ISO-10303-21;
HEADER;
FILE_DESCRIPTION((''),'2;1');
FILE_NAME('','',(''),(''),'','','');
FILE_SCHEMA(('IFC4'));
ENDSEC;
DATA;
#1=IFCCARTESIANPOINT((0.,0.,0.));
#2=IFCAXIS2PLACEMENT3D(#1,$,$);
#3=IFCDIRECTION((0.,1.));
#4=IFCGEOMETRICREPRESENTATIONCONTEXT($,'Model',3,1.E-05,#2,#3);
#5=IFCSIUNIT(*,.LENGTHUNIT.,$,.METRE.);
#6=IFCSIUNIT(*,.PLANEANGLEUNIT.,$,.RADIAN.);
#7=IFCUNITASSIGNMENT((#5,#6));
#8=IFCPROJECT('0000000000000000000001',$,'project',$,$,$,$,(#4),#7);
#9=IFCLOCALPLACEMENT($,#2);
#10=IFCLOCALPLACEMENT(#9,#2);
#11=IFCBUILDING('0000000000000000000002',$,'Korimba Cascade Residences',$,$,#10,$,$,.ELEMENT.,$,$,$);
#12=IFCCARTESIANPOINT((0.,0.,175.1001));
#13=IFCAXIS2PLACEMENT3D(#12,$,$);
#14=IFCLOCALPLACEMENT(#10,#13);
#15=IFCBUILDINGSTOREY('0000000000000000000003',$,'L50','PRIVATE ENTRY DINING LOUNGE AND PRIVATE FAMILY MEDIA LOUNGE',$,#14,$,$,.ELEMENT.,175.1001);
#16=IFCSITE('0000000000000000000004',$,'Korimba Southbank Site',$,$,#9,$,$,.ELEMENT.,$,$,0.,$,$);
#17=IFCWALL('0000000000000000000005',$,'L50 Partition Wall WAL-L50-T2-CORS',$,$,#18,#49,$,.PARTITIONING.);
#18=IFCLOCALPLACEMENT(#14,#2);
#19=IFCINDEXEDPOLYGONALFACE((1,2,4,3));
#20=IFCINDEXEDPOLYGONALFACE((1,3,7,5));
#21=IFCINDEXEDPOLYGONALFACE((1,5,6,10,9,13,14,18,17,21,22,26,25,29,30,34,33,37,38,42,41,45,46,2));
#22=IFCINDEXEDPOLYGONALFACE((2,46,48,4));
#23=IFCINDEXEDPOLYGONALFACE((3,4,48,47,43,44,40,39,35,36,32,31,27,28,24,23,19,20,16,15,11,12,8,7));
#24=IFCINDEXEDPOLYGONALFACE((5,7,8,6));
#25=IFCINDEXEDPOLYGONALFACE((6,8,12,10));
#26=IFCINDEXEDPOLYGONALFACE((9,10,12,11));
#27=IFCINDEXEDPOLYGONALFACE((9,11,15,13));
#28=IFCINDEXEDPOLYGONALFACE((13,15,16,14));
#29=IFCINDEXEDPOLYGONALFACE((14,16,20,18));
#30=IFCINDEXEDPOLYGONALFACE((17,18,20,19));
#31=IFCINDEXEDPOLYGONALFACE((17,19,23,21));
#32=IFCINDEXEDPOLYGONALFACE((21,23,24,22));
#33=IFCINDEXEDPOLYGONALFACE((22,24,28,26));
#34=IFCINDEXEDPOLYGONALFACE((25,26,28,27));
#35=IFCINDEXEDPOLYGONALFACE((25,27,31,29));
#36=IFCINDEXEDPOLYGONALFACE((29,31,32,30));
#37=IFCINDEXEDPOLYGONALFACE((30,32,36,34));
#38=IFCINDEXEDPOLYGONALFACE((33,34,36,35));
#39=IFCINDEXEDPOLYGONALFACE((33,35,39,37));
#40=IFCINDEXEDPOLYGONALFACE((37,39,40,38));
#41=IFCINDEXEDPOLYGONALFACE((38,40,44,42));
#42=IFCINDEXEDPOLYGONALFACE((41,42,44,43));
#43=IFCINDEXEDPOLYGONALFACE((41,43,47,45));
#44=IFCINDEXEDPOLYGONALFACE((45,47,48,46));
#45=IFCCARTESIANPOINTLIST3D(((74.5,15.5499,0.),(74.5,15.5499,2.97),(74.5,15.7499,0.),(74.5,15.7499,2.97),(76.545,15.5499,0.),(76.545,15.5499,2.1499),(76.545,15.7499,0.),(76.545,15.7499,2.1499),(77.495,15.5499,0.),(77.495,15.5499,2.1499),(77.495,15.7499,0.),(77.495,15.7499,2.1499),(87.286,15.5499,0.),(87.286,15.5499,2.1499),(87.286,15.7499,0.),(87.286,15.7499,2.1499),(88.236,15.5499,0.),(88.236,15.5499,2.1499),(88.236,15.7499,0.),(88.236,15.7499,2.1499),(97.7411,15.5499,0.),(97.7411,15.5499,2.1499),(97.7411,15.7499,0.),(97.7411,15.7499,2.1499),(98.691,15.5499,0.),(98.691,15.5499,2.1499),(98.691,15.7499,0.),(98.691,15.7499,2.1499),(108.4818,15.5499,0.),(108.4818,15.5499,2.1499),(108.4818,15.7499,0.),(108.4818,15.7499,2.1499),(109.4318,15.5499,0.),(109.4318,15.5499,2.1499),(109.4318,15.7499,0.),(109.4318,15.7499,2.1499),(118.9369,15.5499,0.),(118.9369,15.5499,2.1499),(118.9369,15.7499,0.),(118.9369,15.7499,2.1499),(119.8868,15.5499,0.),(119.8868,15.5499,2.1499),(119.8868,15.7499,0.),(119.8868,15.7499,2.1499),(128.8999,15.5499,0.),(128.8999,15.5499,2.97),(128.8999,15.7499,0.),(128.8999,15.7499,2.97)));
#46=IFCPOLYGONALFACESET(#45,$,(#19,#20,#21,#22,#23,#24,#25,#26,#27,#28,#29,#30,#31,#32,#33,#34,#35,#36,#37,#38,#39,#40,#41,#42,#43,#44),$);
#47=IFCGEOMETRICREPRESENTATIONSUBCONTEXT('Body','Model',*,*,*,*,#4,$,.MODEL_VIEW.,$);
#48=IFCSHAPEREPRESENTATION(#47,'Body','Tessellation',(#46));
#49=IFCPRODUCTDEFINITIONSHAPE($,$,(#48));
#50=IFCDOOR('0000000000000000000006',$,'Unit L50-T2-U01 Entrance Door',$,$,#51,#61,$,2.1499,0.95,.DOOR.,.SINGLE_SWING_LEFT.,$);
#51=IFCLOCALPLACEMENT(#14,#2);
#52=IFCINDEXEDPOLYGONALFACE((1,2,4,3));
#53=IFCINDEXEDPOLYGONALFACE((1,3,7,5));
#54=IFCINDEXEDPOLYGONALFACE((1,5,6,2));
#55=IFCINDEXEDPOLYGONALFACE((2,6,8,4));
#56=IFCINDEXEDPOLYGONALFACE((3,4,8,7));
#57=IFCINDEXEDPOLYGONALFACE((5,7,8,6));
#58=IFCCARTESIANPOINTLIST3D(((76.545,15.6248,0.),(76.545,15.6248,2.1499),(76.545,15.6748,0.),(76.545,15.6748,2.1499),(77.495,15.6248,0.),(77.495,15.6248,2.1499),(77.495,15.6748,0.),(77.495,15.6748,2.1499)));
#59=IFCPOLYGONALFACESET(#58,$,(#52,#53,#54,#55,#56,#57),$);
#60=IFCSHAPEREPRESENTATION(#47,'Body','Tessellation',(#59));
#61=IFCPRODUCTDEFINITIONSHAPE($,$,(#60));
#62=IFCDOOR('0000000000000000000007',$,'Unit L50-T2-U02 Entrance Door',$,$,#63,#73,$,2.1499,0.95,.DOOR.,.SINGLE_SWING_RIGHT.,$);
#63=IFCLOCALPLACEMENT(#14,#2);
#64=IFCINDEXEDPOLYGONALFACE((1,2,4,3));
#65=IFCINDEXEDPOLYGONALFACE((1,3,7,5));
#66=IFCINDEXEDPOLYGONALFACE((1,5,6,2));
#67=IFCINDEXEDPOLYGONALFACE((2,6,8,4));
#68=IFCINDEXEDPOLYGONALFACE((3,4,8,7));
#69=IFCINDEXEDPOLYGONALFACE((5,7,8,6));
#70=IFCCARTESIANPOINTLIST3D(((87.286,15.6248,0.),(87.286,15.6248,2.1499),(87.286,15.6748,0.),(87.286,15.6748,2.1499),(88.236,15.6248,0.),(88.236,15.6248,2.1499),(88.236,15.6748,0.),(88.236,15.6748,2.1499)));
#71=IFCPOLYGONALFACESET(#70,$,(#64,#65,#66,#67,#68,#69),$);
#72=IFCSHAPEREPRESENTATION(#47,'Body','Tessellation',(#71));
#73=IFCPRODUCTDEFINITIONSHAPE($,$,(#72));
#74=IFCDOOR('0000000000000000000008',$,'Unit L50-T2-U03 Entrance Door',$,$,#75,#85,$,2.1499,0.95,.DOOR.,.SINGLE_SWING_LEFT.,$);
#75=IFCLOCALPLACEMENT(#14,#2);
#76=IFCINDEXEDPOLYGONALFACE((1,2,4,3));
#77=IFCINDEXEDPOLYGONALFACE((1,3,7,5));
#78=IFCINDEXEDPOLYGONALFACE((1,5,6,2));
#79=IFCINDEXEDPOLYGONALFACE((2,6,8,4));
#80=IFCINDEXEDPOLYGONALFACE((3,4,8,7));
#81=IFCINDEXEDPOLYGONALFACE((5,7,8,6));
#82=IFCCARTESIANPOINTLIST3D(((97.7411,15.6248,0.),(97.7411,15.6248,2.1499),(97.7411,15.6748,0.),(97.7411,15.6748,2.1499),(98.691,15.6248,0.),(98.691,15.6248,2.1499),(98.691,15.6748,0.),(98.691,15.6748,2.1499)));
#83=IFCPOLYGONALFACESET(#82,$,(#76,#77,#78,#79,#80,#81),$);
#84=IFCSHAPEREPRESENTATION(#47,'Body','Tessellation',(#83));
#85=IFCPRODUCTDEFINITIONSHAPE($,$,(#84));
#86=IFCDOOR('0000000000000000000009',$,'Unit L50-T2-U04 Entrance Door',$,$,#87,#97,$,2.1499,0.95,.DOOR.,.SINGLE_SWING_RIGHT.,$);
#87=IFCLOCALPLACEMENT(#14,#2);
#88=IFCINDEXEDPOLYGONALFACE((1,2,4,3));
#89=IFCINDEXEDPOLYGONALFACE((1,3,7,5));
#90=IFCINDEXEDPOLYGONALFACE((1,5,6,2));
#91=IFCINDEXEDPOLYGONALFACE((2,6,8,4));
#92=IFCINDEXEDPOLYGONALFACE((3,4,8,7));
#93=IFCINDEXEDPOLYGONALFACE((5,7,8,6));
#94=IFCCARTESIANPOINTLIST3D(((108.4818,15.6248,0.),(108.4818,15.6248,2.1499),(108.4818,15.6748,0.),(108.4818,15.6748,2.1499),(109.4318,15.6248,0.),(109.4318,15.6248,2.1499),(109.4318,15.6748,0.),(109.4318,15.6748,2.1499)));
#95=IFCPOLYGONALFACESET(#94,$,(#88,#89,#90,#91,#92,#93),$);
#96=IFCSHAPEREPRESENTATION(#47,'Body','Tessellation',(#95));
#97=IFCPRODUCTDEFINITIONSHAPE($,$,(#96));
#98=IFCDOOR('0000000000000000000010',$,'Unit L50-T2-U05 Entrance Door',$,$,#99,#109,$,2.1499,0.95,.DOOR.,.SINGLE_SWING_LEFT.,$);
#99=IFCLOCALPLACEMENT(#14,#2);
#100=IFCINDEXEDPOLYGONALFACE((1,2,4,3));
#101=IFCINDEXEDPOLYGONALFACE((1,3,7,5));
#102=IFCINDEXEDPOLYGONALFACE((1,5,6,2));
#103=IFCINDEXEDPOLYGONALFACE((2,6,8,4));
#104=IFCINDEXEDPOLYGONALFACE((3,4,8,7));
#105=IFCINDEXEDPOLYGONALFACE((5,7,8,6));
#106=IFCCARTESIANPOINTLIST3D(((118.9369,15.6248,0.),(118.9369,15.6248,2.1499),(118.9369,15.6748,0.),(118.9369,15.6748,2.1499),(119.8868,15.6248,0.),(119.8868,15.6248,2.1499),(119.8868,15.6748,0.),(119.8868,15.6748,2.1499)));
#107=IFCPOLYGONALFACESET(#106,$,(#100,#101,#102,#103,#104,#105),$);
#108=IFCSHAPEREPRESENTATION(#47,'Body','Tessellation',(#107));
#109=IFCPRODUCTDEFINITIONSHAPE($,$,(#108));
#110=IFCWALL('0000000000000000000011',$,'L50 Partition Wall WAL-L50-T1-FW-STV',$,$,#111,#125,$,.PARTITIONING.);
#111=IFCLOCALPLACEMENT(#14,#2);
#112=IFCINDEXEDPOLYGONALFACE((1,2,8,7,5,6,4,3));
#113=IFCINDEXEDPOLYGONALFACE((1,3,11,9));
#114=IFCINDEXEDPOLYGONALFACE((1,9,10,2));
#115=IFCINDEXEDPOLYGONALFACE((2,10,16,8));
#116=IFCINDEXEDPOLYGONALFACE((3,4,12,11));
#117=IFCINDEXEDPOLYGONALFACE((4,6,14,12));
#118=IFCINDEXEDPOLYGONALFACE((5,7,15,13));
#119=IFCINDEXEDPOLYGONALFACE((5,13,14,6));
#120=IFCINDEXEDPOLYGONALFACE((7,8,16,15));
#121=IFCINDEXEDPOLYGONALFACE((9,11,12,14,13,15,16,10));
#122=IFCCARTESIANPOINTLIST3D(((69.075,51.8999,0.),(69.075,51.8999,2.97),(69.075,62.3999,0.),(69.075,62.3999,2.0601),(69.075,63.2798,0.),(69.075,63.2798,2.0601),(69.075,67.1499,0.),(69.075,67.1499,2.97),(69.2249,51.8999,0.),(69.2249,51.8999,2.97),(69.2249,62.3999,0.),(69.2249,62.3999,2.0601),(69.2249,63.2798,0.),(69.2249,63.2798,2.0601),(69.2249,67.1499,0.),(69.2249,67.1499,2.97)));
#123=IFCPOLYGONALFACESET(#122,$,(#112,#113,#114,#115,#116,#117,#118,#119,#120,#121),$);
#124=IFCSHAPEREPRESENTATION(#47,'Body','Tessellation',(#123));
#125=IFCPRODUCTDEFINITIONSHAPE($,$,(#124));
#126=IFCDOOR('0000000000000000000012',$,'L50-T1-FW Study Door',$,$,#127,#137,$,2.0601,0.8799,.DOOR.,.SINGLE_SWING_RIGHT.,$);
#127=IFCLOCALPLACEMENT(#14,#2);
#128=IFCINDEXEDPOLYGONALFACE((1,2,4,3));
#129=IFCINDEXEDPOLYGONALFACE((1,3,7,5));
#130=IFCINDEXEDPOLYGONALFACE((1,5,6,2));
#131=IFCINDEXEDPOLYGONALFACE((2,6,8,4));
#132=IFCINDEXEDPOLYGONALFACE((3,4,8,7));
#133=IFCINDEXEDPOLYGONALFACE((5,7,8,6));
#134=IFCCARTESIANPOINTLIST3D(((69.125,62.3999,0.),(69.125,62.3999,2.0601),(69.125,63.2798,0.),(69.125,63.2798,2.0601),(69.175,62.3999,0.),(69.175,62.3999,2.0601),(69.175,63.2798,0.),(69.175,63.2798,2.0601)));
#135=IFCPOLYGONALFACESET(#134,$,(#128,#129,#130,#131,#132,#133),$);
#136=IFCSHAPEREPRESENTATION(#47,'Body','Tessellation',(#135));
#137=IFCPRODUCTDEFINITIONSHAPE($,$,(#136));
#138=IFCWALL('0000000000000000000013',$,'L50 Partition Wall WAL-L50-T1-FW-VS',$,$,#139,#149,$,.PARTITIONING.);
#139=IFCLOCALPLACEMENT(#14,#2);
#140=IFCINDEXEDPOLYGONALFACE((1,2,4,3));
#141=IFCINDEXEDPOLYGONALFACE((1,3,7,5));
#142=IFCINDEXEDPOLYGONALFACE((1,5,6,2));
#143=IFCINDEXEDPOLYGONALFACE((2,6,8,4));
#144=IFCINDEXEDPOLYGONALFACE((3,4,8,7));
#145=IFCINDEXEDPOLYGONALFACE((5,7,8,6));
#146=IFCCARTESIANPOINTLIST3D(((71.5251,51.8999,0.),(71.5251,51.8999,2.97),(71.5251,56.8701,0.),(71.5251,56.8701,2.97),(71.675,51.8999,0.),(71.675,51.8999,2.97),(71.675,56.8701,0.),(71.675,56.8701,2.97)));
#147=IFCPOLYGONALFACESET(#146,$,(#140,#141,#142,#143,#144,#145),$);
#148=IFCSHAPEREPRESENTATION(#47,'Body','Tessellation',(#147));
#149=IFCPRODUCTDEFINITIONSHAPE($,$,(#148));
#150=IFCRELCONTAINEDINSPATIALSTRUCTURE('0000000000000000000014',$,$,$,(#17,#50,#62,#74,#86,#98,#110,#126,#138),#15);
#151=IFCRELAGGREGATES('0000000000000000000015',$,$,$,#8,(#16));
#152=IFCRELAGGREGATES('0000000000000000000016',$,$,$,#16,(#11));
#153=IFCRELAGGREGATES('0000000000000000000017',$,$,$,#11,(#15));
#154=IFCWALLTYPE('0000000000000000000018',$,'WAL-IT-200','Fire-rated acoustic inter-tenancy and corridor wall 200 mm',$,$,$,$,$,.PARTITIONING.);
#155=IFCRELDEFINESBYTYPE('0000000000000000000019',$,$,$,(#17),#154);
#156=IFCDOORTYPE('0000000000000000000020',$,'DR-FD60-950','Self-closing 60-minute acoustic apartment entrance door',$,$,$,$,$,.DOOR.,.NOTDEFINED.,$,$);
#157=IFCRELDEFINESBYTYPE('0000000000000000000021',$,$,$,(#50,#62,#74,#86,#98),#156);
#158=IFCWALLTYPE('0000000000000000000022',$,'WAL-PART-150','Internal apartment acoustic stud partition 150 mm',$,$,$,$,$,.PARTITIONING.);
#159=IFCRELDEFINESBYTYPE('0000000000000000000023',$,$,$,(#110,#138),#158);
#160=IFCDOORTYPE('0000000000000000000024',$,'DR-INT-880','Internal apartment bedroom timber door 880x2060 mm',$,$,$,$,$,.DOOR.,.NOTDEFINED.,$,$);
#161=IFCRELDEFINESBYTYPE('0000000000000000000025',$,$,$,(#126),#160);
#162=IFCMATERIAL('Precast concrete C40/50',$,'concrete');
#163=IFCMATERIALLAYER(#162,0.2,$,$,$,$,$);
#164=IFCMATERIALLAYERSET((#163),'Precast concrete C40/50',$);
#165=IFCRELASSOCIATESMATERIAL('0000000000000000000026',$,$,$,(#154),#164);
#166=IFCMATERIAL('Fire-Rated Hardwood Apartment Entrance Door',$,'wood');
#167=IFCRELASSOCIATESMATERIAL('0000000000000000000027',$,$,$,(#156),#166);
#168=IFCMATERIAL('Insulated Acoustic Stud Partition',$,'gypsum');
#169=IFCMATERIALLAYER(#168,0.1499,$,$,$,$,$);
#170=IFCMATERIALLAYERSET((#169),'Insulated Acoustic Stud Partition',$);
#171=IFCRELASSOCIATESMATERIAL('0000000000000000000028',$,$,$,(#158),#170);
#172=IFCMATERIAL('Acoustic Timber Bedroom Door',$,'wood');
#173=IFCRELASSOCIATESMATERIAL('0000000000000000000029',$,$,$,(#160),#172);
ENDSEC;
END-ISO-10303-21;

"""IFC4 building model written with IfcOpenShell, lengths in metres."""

from ifc_helpers import new_model, si_unit, direction, frame, frame_2d, origin, place, context, subcontext, project, spatial, rectangle, extrude, material, layer, layer_set, type_object, element, fill, save


model = new_model("IFC4")

# Units and contexts
model_context = context("Model", 3, precision=1e-05, world=origin(), true_north=direction((0.0, 1.0)))
body_context = subcontext(model_context, "Body", "Model", "MODEL_VIEW")
ifc_project = project(units=[si_unit("LENGTHUNIT", "METRE"), si_unit("PLANEANGLEUNIT", "RADIAN")], contexts=[model_context])

# Site, building, storey
site_placement = place(None, origin())
site = spatial("IfcSite", under=ifc_project, at=site_placement, Name="Korimba Southbank Site", CompositionType="ELEMENT", RefElevation=0.0)
building_placement = place(site_placement, origin())
building = spatial("IfcBuilding", under=site, at=building_placement, Name="Korimba Cascade Residences", CompositionType="ELEMENT")
storey_placement = place(building_placement, frame((0.0, 0.0, 175.1001)))
storey = spatial("IfcBuildingStorey", under=building, at=storey_placement, Name="L50", Description="PRIVATE ENTRY DINING LOUNGE AND PRIVATE FAMILY MEDIA LOUNGE", CompositionType="ELEMENT", Elevation=175.1001)

# Shared definitions
ifc_material_1 = material(Name="Precast concrete C40/50", Category="concrete")

# Wall, openings, doors
ifc_layer_1 = layer(ifc_material_1, 0.2)
ifc_layer_set_1 = layer_set([ifc_layer_1], Name="Precast concrete C40/50")
wall_type_1 = type_object("IfcWallType", Name="WAL-IT-200", Description="Fire-rated acoustic inter-tenancy and corridor wall 200 mm", PredefinedType="PARTITIONING", material=ifc_layer_set_1)
wall_1_placement = place(storey_placement, frame((74.5, 15.6499, 0.0), z_axis=(0.0, 0.0, 1.0), x_axis=(1.0, 0.0, 0.0)))
wall_1 = element("IfcWall", 1, at=wall_1_placement, inside=storey, type_object=wall_type_1, Name="L50 Partition Wall WAL-L50-T2-CORS", PredefinedType="PARTITIONING", context=body_context, shape_type="SweptSolid", body=[
    extrude(rectangle(XDim=54.3999, YDim=0.2, at=frame_2d((27.2, 0.0))), origin(), (0.0, 0.0, 1.0), 2.97),
])
opening_1_placement = place(wall_1_placement, frame((2.0449, 0.0, 0.0)))
opening_1 = element("IfcOpeningElement", 2, at=opening_1_placement, cuts=wall_1, PredefinedType="OPENING", context=body_context, shape_type="SweptSolid", body=[
    extrude(rectangle(XDim=0.95, YDim=2.1499, at=frame_2d((0.4751, 1.075))), frame((0.0, 0.1099, 0.0), z_axis=(0.0, -1.0, 0.0), x_axis=(1.0, 0.0, 0.0)), (0.0, 0.0, 1.0), 0.22),
])
opening_2_placement = place(wall_1_placement, frame((12.7859, 0.0, 0.0)))
opening_2 = element("IfcOpeningElement", 3, at=opening_2_placement, cuts=wall_1, PredefinedType="OPENING", context=body_context, shape_type="SweptSolid", body=[
    extrude(rectangle(XDim=0.95, YDim=2.1499, at=frame_2d((0.4751, 1.075))), frame((0.0, 0.1099, 0.0), z_axis=(0.0, -1.0, 0.0), x_axis=(1.0, 0.0, 0.0)), (0.0, 0.0, 1.0), 0.22),
])
opening_3_placement = place(wall_1_placement, frame((23.241, 0.0, 0.0)))
opening_3 = element("IfcOpeningElement", 4, at=opening_3_placement, cuts=wall_1, PredefinedType="OPENING", context=body_context, shape_type="SweptSolid", body=[
    extrude(rectangle(XDim=0.95, YDim=2.1499, at=frame_2d((0.4751, 1.075))), frame((0.0, 0.1099, 0.0), z_axis=(0.0, -1.0, 0.0), x_axis=(1.0, 0.0, 0.0)), (0.0, 0.0, 1.0), 0.22),
])
opening_4_placement = place(wall_1_placement, frame((33.9817, 0.0, 0.0)))
opening_4 = element("IfcOpeningElement", 5, at=opening_4_placement, cuts=wall_1, PredefinedType="OPENING", context=body_context, shape_type="SweptSolid", body=[
    extrude(rectangle(XDim=0.95, YDim=2.1499, at=frame_2d((0.4751, 1.075))), frame((0.0, 0.1099, 0.0), z_axis=(0.0, -1.0, 0.0), x_axis=(1.0, 0.0, 0.0)), (0.0, 0.0, 1.0), 0.22),
])
opening_5_placement = place(wall_1_placement, frame((44.4368, 0.0, 0.0)))
opening_5 = element("IfcOpeningElement", 6, at=opening_5_placement, cuts=wall_1, PredefinedType="OPENING", context=body_context, shape_type="SweptSolid", body=[
    extrude(rectangle(XDim=0.95, YDim=2.1499, at=frame_2d((0.4751, 1.075))), frame((0.0, 0.1099, 0.0), z_axis=(0.0, -1.0, 0.0), x_axis=(1.0, 0.0, 0.0)), (0.0, 0.0, 1.0), 0.22),
])
ifc_material_2 = material(Name="Fire-Rated Hardwood Apartment Entrance Door", Category="wood")
door_type_1 = type_object("IfcDoorType", Name="DR-FD60-950", Description="Self-closing 60-minute acoustic apartment entrance door", OperationType="NOTDEFINED", PredefinedType="DOOR", material=ifc_material_2)
door_1_placement = place(opening_1_placement, origin())
door_1 = element("IfcDoor", 7, at=door_1_placement, inside=storey, type_object=door_type_1, Name="Unit L50-T2-U01 Entrance Door", OperationType="SINGLE_SWING_LEFT", OverallHeight=2.1499, OverallWidth=0.95, PredefinedType="DOOR", context=body_context, shape_type="SweptSolid", body=[
    extrude(rectangle(XDim=0.95, YDim=2.1499, at=frame_2d((0.4751, 1.075))), frame((0.0, 0.0249, 0.0), z_axis=(0.0, -1.0, 0.0), x_axis=(1.0, 0.0, 0.0)), (0.0, 0.0, 1.0), 0.05),
])
fill(opening_1, door_1)
door_2_placement = place(opening_2_placement, origin())
door_2 = element("IfcDoor", 8, at=door_2_placement, inside=storey, type_object=door_type_1, Name="Unit L50-T2-U02 Entrance Door", OperationType="SINGLE_SWING_RIGHT", OverallHeight=2.1499, OverallWidth=0.95, PredefinedType="DOOR", context=body_context, shape_type="SweptSolid", body=[
    extrude(rectangle(XDim=0.95, YDim=2.1499, at=frame_2d((0.4751, 1.075))), frame((0.0, 0.0249, 0.0), z_axis=(0.0, -1.0, 0.0), x_axis=(1.0, 0.0, 0.0)), (0.0, 0.0, 1.0), 0.05),
])
fill(opening_2, door_2)
door_3_placement = place(opening_3_placement, origin())
door_3 = element("IfcDoor", 9, at=door_3_placement, inside=storey, type_object=door_type_1, Name="Unit L50-T2-U03 Entrance Door", OperationType="SINGLE_SWING_LEFT", OverallHeight=2.1499, OverallWidth=0.95, PredefinedType="DOOR", context=body_context, shape_type="SweptSolid", body=[
    extrude(rectangle(XDim=0.95, YDim=2.1499, at=frame_2d((0.4751, 1.075))), frame((0.0, 0.0249, 0.0), z_axis=(0.0, -1.0, 0.0), x_axis=(1.0, 0.0, 0.0)), (0.0, 0.0, 1.0), 0.05),
])
fill(opening_3, door_3)
door_4_placement = place(opening_4_placement, origin())
door_4 = element("IfcDoor", 10, at=door_4_placement, inside=storey, type_object=door_type_1, Name="Unit L50-T2-U04 Entrance Door", OperationType="SINGLE_SWING_RIGHT", OverallHeight=2.1499, OverallWidth=0.95, PredefinedType="DOOR", context=body_context, shape_type="SweptSolid", body=[
    extrude(rectangle(XDim=0.95, YDim=2.1499, at=frame_2d((0.4751, 1.075))), frame((0.0, 0.0249, 0.0), z_axis=(0.0, -1.0, 0.0), x_axis=(1.0, 0.0, 0.0)), (0.0, 0.0, 1.0), 0.05),
])
fill(opening_4, door_4)
door_5_placement = place(opening_5_placement, origin())
door_5 = element("IfcDoor", 11, at=door_5_placement, inside=storey, type_object=door_type_1, Name="Unit L50-T2-U05 Entrance Door", OperationType="SINGLE_SWING_LEFT", OverallHeight=2.1499, OverallWidth=0.95, PredefinedType="DOOR", context=body_context, shape_type="SweptSolid", body=[
    extrude(rectangle(XDim=0.95, YDim=2.1499, at=frame_2d((0.4751, 1.075))), frame((0.0, 0.0249, 0.0), z_axis=(0.0, -1.0, 0.0), x_axis=(1.0, 0.0, 0.0)), (0.0, 0.0, 1.0), 0.05),
])
fill(opening_5, door_5)

# Wall, opening, door
ifc_material_3 = material(Name="Insulated Acoustic Stud Partition", Category="gypsum")
ifc_layer_2 = layer(ifc_material_3, 0.1499)
ifc_layer_set_2 = layer_set([ifc_layer_2], Name="Insulated Acoustic Stud Partition")
wall_type_2 = type_object("IfcWallType", Name="WAL-PART-150", Description="Internal apartment acoustic stud partition 150 mm", PredefinedType="PARTITIONING", material=ifc_layer_set_2)
wall_2_placement = place(storey_placement, frame((69.1499, 51.8999, 0.0), z_axis=(0.0, 0.0, 1.0), x_axis=(0.0, 1.0, 0.0)))
wall_2 = element("IfcWall", 12, at=wall_2_placement, inside=storey, type_object=wall_type_2, Name="L50 Partition Wall WAL-L50-T1-FW-STV", PredefinedType="PARTITIONING", context=body_context, shape_type="SweptSolid", body=[
    extrude(rectangle(XDim=15.25, YDim=0.1499, at=frame_2d((7.625, 0.0))), origin(), (0.0, 0.0, 1.0), 2.97),
])
opening_6_placement = place(wall_2_placement, frame((10.5, 0.0, 0.0)))
opening_6 = element("IfcOpeningElement", 13, at=opening_6_placement, cuts=wall_2, PredefinedType="OPENING", context=body_context, shape_type="SweptSolid", body=[
    extrude(rectangle(XDim=0.8799, YDim=2.0601, at=frame_2d((0.4399, 1.03))), frame((0.0, 0.085, 0.0), z_axis=(0.0, -1.0, 0.0), x_axis=(1.0, 0.0, 0.0)), (0.0, 0.0, 1.0), 0.1699),
])
ifc_material_4 = material(Name="Acoustic Timber Bedroom Door", Category="wood")
door_type_2 = type_object("IfcDoorType", Name="DR-INT-880", Description="Internal apartment bedroom timber door 880x2060 mm", OperationType="NOTDEFINED", PredefinedType="DOOR", material=ifc_material_4)
door_6_placement = place(opening_6_placement, origin())
door_6 = element("IfcDoor", 14, at=door_6_placement, inside=storey, type_object=door_type_2, Name="L50-T1-FW Study Door", OperationType="SINGLE_SWING_RIGHT", OverallHeight=2.0601, OverallWidth=0.8799, PredefinedType="DOOR", context=body_context, shape_type="SweptSolid", body=[
    extrude(rectangle(XDim=0.8799, YDim=2.0601, at=frame_2d((0.4399, 1.03))), frame((0.0, 0.0249, 0.0), z_axis=(0.0, -1.0, 0.0), x_axis=(1.0, 0.0, 0.0)), (0.0, 0.0, 1.0), 0.05),
])
fill(opening_6, door_6)

# Wall
wall_3_placement = place(storey_placement, frame((71.6001, 51.8999, 0.0), z_axis=(0.0, 0.0, 1.0), x_axis=(0.0, 1.0, 0.0)))
element("IfcWall", 15, at=wall_3_placement, inside=storey, type_object=wall_type_2, Name="L50 Partition Wall WAL-L50-T1-FW-VS", PredefinedType="PARTITIONING", context=body_context, shape_type="SweptSolid", body=[
    extrude(rectangle(XDim=4.9702, YDim=0.1499, at=frame_2d((2.4851, 0.0))), origin(), (0.0, 0.0, 1.0), 2.97),
])

save(model, "model.ifc")
